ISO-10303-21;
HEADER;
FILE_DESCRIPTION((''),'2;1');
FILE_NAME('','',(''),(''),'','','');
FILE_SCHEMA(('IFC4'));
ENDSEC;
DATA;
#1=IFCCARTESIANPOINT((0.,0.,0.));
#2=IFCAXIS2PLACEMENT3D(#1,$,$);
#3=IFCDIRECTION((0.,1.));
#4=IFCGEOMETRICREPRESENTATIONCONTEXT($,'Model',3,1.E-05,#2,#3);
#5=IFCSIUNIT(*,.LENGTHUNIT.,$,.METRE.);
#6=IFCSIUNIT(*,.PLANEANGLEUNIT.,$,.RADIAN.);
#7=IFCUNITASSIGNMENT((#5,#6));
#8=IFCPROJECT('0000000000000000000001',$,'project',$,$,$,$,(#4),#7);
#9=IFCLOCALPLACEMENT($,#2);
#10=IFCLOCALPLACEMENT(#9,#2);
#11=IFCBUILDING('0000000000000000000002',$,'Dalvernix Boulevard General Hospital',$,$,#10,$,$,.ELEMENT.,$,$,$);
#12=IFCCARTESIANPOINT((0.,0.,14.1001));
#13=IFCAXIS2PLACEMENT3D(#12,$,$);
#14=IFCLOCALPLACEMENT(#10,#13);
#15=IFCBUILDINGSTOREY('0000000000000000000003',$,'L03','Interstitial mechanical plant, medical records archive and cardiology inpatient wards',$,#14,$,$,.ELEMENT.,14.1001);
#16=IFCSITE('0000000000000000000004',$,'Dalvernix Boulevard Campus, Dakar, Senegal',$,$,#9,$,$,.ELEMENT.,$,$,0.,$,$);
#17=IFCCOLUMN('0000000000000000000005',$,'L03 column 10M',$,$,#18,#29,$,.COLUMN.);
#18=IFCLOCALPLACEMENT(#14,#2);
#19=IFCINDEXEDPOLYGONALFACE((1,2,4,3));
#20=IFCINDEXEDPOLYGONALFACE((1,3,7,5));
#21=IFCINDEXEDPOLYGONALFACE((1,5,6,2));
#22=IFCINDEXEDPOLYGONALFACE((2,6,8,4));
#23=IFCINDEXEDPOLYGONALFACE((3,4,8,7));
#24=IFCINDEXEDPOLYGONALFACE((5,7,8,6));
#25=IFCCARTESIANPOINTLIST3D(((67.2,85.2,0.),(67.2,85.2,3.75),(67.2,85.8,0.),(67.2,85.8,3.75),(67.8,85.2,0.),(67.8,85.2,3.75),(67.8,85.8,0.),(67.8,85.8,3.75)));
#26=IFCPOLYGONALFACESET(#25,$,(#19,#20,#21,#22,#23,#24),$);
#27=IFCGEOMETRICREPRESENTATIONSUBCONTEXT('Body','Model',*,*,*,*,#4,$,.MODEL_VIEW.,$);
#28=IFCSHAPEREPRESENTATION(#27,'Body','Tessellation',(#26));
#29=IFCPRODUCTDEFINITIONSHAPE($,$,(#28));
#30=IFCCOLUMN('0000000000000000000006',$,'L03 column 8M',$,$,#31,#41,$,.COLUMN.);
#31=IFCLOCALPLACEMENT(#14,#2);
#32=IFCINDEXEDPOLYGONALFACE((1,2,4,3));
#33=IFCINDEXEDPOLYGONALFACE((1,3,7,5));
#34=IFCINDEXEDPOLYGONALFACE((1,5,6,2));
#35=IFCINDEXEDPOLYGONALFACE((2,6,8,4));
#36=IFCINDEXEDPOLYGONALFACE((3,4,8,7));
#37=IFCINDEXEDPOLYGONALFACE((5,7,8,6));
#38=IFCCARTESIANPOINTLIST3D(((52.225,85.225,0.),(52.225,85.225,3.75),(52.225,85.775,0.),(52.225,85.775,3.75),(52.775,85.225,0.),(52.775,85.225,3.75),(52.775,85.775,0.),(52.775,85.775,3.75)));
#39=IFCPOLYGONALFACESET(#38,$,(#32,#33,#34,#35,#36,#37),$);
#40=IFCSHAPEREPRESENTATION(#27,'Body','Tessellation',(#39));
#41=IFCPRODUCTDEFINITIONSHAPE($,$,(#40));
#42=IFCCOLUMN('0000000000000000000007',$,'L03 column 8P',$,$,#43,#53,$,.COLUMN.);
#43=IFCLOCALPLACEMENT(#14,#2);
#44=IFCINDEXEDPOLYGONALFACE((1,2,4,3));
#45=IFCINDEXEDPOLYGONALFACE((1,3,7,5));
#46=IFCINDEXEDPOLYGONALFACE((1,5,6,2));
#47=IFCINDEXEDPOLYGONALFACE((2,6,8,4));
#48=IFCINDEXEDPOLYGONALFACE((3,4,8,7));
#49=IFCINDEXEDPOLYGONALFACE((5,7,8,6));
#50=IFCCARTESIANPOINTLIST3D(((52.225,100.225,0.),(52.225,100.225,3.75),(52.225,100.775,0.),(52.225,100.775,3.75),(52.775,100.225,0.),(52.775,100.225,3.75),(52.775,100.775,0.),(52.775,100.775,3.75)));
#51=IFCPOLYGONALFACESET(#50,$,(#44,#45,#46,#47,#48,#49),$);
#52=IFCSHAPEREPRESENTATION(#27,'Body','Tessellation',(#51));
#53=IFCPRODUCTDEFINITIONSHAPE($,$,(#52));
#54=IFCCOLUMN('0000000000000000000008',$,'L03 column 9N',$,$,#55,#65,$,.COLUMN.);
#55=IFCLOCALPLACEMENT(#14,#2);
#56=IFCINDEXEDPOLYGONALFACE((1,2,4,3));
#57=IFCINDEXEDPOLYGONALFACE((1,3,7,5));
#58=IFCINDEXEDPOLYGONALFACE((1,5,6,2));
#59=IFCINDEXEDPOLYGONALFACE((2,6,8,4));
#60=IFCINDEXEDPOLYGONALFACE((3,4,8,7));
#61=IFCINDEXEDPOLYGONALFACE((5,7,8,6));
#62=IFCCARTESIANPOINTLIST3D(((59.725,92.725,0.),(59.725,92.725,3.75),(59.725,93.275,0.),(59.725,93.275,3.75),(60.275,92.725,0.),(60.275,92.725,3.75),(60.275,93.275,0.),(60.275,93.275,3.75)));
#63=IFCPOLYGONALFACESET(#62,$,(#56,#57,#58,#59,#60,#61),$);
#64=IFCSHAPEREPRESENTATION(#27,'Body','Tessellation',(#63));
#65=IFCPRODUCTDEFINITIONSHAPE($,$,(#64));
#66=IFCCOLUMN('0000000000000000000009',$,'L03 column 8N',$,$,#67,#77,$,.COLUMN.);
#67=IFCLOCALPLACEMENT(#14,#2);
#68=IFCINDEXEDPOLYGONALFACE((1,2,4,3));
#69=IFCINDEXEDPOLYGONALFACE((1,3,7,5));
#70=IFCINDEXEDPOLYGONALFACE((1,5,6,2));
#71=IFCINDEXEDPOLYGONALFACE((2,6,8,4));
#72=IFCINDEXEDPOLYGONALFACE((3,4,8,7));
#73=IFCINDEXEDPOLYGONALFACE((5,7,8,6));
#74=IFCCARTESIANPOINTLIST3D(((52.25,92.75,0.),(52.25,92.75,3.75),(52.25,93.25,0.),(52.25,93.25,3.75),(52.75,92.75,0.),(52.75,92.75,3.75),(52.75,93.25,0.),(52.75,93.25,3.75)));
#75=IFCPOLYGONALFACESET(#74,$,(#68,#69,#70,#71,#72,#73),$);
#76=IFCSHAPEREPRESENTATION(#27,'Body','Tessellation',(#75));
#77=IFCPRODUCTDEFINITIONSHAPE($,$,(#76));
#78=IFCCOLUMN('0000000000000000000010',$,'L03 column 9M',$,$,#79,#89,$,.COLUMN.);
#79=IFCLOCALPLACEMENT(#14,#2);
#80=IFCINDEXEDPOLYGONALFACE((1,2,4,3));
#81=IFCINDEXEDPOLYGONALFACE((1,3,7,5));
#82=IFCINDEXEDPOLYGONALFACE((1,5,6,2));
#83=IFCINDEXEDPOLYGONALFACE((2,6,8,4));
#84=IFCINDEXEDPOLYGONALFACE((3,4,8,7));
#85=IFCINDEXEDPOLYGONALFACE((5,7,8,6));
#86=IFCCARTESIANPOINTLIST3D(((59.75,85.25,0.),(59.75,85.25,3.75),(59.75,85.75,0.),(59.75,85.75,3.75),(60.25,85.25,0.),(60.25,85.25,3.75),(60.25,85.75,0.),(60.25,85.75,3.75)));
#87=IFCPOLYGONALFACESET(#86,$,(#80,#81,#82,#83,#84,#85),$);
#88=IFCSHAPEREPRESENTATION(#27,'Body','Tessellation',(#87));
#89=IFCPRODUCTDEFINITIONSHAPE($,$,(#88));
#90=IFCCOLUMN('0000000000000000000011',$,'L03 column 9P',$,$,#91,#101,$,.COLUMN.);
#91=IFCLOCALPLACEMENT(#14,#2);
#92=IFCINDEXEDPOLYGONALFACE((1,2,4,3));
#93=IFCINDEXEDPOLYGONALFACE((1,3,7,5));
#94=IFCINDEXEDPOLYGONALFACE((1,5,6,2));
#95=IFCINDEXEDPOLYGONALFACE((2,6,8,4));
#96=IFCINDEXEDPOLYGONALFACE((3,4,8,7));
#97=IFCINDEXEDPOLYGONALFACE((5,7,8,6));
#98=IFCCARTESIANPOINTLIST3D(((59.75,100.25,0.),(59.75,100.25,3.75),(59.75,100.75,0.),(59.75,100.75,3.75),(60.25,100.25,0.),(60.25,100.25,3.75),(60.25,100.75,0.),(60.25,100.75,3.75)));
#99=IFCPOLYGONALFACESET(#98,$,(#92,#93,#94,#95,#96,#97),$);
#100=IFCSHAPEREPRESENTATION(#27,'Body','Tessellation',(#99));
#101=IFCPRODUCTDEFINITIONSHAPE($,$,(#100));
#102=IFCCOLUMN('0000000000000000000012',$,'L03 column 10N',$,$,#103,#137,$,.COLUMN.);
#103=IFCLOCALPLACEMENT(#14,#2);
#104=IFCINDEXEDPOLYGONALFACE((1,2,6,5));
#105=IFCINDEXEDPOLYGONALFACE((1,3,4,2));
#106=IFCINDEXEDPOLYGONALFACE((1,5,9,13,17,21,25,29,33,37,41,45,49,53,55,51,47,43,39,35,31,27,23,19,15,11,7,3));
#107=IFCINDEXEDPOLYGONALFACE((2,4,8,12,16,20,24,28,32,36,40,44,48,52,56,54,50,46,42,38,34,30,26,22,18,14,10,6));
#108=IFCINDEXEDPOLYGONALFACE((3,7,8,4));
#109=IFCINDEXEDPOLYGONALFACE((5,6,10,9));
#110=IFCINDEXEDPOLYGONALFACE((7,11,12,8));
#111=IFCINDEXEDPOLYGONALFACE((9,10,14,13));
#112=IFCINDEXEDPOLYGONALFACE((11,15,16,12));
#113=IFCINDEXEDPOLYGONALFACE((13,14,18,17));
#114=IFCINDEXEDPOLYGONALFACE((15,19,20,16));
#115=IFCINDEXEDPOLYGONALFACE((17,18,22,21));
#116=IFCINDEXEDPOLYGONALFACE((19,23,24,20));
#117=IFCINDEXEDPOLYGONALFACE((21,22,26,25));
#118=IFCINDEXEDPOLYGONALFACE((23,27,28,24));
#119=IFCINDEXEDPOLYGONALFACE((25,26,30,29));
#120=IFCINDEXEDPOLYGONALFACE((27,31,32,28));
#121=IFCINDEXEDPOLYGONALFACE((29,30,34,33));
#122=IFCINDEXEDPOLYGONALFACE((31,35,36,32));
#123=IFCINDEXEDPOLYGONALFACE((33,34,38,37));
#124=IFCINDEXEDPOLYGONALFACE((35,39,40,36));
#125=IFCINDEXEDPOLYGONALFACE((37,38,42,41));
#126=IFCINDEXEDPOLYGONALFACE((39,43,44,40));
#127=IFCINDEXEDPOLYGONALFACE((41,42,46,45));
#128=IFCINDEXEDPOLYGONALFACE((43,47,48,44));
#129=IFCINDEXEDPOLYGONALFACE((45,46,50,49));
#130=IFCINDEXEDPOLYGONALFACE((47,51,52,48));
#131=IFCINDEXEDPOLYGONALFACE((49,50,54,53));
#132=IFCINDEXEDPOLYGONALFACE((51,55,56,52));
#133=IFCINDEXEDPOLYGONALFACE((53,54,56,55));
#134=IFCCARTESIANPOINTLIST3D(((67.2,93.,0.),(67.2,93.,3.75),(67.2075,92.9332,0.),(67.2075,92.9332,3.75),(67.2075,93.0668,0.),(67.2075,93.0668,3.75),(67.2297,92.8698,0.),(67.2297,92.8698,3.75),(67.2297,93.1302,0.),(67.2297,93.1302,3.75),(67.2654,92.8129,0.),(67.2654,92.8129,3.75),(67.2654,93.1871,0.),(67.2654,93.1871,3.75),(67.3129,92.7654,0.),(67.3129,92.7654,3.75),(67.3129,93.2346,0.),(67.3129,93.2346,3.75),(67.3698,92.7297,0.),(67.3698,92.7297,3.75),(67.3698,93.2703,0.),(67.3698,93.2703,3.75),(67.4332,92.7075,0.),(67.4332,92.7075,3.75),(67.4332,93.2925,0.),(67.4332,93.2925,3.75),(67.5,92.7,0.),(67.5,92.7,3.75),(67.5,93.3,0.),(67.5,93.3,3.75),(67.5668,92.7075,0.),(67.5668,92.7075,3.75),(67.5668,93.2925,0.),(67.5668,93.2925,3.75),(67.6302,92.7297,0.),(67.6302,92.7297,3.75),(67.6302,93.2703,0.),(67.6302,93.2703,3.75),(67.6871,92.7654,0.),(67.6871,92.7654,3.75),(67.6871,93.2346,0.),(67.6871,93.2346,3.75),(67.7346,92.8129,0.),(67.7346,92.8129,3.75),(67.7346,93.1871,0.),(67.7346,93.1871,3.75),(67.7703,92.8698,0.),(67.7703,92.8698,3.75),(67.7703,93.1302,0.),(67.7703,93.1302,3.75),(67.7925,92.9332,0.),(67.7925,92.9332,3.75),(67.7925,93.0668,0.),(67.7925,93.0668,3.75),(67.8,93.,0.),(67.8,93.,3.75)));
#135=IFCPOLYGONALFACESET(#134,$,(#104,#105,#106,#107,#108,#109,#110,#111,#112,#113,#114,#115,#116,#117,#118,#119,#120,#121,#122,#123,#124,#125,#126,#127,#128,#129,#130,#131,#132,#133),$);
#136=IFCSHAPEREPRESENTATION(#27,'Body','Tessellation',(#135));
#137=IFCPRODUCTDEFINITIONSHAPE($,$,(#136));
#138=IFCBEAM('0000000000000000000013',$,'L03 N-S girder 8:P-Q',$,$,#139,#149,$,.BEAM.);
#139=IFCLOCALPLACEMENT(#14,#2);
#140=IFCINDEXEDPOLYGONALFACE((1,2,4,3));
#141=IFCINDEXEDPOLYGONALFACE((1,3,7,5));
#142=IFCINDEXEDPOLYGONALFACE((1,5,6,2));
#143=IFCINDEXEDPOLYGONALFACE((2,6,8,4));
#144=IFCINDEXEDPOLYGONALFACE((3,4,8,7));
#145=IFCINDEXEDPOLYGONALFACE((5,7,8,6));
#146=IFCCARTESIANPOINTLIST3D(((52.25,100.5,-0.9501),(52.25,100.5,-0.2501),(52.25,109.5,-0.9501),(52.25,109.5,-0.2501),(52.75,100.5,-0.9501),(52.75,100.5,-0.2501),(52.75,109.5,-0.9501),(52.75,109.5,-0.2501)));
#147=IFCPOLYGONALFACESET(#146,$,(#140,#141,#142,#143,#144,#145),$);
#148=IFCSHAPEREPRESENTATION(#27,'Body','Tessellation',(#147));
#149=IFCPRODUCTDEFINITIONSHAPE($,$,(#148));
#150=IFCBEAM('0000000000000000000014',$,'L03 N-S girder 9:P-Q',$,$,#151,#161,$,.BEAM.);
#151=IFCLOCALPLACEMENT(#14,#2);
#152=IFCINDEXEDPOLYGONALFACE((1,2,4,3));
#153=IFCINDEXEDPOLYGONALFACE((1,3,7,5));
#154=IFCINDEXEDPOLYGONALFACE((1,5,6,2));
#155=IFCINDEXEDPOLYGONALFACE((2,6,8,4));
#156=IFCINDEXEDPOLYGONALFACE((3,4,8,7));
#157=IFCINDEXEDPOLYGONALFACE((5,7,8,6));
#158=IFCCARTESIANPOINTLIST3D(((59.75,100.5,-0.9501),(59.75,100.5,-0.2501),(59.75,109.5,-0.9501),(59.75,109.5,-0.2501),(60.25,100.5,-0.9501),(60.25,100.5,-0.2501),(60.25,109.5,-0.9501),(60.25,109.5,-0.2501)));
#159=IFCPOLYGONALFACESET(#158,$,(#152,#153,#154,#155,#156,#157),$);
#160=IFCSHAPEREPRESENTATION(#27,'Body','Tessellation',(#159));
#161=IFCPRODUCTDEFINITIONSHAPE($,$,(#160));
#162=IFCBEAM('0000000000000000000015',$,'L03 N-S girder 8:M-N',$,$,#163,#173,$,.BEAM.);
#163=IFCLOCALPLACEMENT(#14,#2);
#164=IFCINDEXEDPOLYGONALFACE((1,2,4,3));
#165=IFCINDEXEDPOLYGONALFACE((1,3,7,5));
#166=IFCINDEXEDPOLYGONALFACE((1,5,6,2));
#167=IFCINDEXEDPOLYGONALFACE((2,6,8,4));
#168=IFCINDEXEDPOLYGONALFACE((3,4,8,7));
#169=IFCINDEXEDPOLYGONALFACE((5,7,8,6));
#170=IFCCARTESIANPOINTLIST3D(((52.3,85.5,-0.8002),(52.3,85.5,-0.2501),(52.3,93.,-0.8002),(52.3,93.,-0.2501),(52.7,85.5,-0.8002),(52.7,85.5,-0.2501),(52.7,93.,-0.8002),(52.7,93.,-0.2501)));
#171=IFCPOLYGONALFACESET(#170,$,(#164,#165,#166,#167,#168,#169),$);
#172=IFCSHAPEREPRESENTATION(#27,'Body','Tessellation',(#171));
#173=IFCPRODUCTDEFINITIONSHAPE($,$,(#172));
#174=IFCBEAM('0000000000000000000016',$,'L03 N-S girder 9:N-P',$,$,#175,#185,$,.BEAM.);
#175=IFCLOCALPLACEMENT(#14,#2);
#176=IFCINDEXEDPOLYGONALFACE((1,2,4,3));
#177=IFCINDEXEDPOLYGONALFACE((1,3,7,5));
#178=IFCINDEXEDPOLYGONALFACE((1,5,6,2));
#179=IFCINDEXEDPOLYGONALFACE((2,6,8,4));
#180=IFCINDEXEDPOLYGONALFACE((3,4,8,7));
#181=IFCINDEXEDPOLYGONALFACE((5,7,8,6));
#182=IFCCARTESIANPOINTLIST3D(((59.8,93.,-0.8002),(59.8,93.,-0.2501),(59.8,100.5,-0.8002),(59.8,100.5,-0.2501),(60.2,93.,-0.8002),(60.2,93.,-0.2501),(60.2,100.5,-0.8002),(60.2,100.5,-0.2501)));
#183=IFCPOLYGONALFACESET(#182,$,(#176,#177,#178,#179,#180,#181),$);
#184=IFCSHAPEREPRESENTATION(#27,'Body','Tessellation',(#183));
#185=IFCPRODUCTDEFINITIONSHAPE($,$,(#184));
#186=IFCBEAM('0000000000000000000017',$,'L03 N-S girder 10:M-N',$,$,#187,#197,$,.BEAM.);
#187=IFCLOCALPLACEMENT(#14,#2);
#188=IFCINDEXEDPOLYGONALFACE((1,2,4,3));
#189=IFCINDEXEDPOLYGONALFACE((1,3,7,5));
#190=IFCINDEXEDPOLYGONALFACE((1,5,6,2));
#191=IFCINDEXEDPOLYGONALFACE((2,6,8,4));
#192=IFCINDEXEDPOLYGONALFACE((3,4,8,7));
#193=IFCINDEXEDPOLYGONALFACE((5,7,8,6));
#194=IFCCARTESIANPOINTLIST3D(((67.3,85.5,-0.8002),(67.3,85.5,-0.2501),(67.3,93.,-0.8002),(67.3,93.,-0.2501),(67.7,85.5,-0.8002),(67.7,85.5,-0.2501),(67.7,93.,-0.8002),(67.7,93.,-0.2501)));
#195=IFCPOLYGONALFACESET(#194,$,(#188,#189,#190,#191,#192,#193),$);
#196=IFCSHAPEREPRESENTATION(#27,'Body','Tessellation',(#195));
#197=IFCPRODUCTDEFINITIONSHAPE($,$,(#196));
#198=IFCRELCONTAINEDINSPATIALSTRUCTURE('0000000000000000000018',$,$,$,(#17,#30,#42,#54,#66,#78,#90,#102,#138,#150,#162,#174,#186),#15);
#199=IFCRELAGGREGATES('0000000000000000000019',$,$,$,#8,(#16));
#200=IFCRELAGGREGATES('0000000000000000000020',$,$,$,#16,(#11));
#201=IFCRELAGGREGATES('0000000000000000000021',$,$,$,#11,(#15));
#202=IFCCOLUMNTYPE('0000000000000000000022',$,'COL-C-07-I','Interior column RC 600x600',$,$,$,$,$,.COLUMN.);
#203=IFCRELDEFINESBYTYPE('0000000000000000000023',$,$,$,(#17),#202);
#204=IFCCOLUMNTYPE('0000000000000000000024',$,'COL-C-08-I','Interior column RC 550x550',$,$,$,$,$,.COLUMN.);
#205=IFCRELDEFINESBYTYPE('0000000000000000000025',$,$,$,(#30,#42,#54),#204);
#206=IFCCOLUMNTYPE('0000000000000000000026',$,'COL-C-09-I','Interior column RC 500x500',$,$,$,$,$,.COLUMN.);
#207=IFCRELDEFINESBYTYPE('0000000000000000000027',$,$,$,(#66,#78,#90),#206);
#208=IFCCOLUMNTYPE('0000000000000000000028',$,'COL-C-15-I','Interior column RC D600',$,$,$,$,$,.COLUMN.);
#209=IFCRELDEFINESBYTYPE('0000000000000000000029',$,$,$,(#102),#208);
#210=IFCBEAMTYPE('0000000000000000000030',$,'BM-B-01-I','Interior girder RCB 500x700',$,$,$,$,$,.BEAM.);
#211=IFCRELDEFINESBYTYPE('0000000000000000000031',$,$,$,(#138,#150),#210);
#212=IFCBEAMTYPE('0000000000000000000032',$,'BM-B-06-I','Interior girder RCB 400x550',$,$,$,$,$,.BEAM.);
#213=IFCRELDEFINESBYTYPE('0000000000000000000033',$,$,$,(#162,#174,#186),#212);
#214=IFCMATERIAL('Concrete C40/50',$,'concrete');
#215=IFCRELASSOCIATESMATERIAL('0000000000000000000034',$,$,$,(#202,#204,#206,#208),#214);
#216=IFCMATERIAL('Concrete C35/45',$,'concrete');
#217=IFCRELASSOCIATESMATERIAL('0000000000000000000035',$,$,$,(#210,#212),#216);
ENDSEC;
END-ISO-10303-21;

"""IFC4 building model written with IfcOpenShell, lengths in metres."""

from ifc_helpers import new_model, si_unit, direction, frame, origin, origin_2d, place, context, subcontext, project, spatial, rectangle, circle, extrude, material, material_profile, profile_set, type_object, element, save


model = new_model("IFC4")

# Units and contexts
model_context = context("Model", 3, precision=1e-05, world=origin(), true_north=direction((0.0, 1.0)))
body_context = subcontext(model_context, "Body", "Model", "MODEL_VIEW")
ifc_project = project(units=[si_unit("LENGTHUNIT", "METRE"), si_unit("PLANEANGLEUNIT", "RADIAN")], contexts=[model_context])

# Site, building, storey
site_placement = place(None, origin())
site = spatial("IfcSite", under=ifc_project, at=site_placement, Name="Dalvernix Boulevard Campus, Dakar, Senegal", CompositionType="ELEMENT", RefElevation=0.0)
building_placement = place(site_placement, origin())
building = spatial("IfcBuilding", under=site, at=building_placement, Name="Dalvernix Boulevard General Hospital", CompositionType="ELEMENT")
storey_placement = place(building_placement, frame((0.0, 0.0, 14.1001)))
storey = spatial("IfcBuildingStorey", under=building, at=storey_placement, Name="L03", Description="Interstitial mechanical plant, medical records archive and cardiology inpatient wards", CompositionType="ELEMENT", Elevation=14.1001)

# Columns
ifc_material_1 = material(Name="Concrete C40/50", Category="concrete")
ifc_material_profile_1 = material_profile(ifc_material_1, rectangle(XDim=0.6001, YDim=0.6001, at=origin_2d()), Name="RC 600x600")
ifc_profile_set_1 = profile_set([ifc_material_profile_1], Name="Concrete C40/50")
column_type_1 = type_object("IfcColumnType", Name="COL-C-07-I", Description="Interior column RC 600x600", PredefinedType="COLUMN", material=ifc_profile_set_1)
column_1_placement = place(storey_placement, frame((67.5, 85.5, 0.0), z_axis=(0.0, 0.0, 1.0), x_axis=(1.0, 0.0, 0.0)))
element("IfcColumn", 1, at=column_1_placement, inside=storey, type_object=column_type_1, Name="L03 column 10M", PredefinedType="COLUMN", context=body_context, shape_type="SweptSolid", body=[
    extrude(rectangle(XDim=0.6001, YDim=0.6001, at=origin_2d()), origin(), (0.0, 0.0, 1.0), 3.75),
])
ifc_material_profile_2 = material_profile(ifc_material_1, rectangle(XDim=0.55, YDim=0.55, at=origin_2d()), Name="RC 550x550")
ifc_profile_set_2 = profile_set([ifc_material_profile_2], Name="Concrete C40/50")
column_type_2 = type_object("IfcColumnType", Name="COL-C-08-I", Description="Interior column RC 550x550", PredefinedType="COLUMN", material=ifc_profile_set_2)
for number, where, z_axis, x_axis, name in (
    (2, (52.5, 85.5, 0.0), (0.0, 0.0, 1.0), (1.0, 0.0, 0.0), "L03 column 8M"),
    (3, (52.5, 100.5, 0.0), (0.0, 0.0, 1.0), (1.0, 0.0, 0.0), "L03 column 8P"),
    (4, (60.0, 93.0, 0.0), (0.0, 0.0, 1.0), (1.0, 0.0, 0.0), "L03 column 9N"),
):
    element("IfcColumn", number, at=place(storey_placement, frame(where, z_axis=z_axis, x_axis=x_axis)), inside=storey, type_object=column_type_2, Name=name, PredefinedType="COLUMN", context=body_context, shape_type="SweptSolid", body=[
        extrude(rectangle(XDim=0.55, YDim=0.55, at=origin_2d()), origin(), (0.0, 0.0, 1.0), 3.75),
    ])
ifc_material_profile_3 = material_profile(ifc_material_1, rectangle(XDim=0.5, YDim=0.5, at=origin_2d()), Name="RC 500x500")
ifc_profile_set_3 = profile_set([ifc_material_profile_3], Name="Concrete C40/50")
column_type_3 = type_object("IfcColumnType", Name="COL-C-09-I", Description="Interior column RC 500x500", PredefinedType="COLUMN", material=ifc_profile_set_3)
for number, where, z_axis, x_axis, name in (
    (5, (52.5, 93.0, 0.0), (0.0, 0.0, 1.0), (1.0, 0.0, 0.0), "L03 column 8N"),
    (6, (60.0, 85.5, 0.0), (0.0, 0.0, 1.0), (1.0, 0.0, 0.0), "L03 column 9M"),
    (7, (60.0, 100.5, 0.0), (0.0, 0.0, 1.0), (1.0, 0.0, 0.0), "L03 column 9P"),
):
    element("IfcColumn", number, at=place(storey_placement, frame(where, z_axis=z_axis, x_axis=x_axis)), inside=storey, type_object=column_type_3, Name=name, PredefinedType="COLUMN", context=body_context, shape_type="SweptSolid", body=[
        extrude(rectangle(XDim=0.5, YDim=0.5, at=origin_2d()), origin(), (0.0, 0.0, 1.0), 3.75),
    ])
ifc_material_profile_4 = material_profile(ifc_material_1, circle(Radius=0.3, at=origin_2d()), Name="RC D600")
ifc_profile_set_4 = profile_set([ifc_material_profile_4], Name="Concrete C40/50")
column_type_4 = type_object("IfcColumnType", Name="COL-C-15-I", Description="Interior column RC D600", PredefinedType="COLUMN", material=ifc_profile_set_4)
column_2_placement = place(storey_placement, frame((67.5, 93.0, 0.0), z_axis=(0.0, 0.0, 1.0), x_axis=(1.0, 0.0, 0.0)))
element("IfcColumn", 8, at=column_2_placement, inside=storey, type_object=column_type_4, Name="L03 column 10N", PredefinedType="COLUMN", context=body_context, shape_type="SweptSolid", body=[
    extrude(circle(Radius=0.3, at=origin_2d()), origin(), (0.0, 0.0, 1.0), 3.75),
])

# Beams
ifc_material_2 = material(Name="Concrete C35/45", Category="concrete")
ifc_material_profile_5 = material_profile(ifc_material_2, rectangle(XDim=0.5, YDim=0.7, at=origin_2d()), Name="RCB 500x700")
ifc_profile_set_5 = profile_set([ifc_material_profile_5], Name="Concrete C35/45")
beam_type_1 = type_object("IfcBeamType", Name="BM-B-01-I", Description="Interior girder RCB 500x700", PredefinedType="BEAM", material=ifc_profile_set_5)
for number, where, z_axis, x_axis, name in (
    (9, (52.5, 100.5, -0.6001), (0.0, 1.0, 0.0), (-1.0, 0.0, 0.0), "L03 N-S girder 8:P-Q"),
    (10, (60.0, 100.5, -0.6001), (0.0, 1.0, 0.0), (-1.0, 0.0, 0.0), "L03 N-S girder 9:P-Q"),
):
    element("IfcBeam", number, at=place(storey_placement, frame(where, z_axis=z_axis, x_axis=x_axis)), inside=storey, type_object=beam_type_1, Name=name, PredefinedType="BEAM", context=body_context, shape_type="SweptSolid", body=[
        extrude(rectangle(XDim=0.5, YDim=0.7, at=origin_2d()), origin(), (0.0, 0.0, 1.0), 9.0),
    ])
ifc_material_profile_6 = material_profile(ifc_material_2, rectangle(XDim=0.3999, YDim=0.55, at=origin_2d()), Name="RCB 400x550")
ifc_profile_set_6 = profile_set([ifc_material_profile_6], Name="Concrete C35/45")
beam_type_2 = type_object("IfcBeamType", Name="BM-B-06-I", Description="Interior girder RCB 400x550", PredefinedType="BEAM", material=ifc_profile_set_6)
for number, where, z_axis, x_axis, name in (
    (11, (52.5, 85.5, -0.5251), (0.0, 1.0, 0.0), (-1.0, 0.0, 0.0), "L03 N-S girder 8:M-N"),
    (12, (60.0, 93.0, -0.5251), (0.0, 1.0, 0.0), (-1.0, 0.0, 0.0), "L03 N-S girder 9:N-P"),
    (13, (67.5, 85.5, -0.5251), (0.0, 1.0, 0.0), (-1.0, 0.0, 0.0), "L03 N-S girder 10:M-N"),
):
    element("IfcBeam", number, at=place(storey_placement, frame(where, z_axis=z_axis, x_axis=x_axis)), inside=storey, type_object=beam_type_2, Name=name, PredefinedType="BEAM", context=body_context, shape_type="SweptSolid", body=[
        extrude(rectangle(XDim=0.3999, YDim=0.55, at=origin_2d()), origin(), (0.0, 0.0, 1.0), 7.5),
    ])

save(model, "model.ifc")
